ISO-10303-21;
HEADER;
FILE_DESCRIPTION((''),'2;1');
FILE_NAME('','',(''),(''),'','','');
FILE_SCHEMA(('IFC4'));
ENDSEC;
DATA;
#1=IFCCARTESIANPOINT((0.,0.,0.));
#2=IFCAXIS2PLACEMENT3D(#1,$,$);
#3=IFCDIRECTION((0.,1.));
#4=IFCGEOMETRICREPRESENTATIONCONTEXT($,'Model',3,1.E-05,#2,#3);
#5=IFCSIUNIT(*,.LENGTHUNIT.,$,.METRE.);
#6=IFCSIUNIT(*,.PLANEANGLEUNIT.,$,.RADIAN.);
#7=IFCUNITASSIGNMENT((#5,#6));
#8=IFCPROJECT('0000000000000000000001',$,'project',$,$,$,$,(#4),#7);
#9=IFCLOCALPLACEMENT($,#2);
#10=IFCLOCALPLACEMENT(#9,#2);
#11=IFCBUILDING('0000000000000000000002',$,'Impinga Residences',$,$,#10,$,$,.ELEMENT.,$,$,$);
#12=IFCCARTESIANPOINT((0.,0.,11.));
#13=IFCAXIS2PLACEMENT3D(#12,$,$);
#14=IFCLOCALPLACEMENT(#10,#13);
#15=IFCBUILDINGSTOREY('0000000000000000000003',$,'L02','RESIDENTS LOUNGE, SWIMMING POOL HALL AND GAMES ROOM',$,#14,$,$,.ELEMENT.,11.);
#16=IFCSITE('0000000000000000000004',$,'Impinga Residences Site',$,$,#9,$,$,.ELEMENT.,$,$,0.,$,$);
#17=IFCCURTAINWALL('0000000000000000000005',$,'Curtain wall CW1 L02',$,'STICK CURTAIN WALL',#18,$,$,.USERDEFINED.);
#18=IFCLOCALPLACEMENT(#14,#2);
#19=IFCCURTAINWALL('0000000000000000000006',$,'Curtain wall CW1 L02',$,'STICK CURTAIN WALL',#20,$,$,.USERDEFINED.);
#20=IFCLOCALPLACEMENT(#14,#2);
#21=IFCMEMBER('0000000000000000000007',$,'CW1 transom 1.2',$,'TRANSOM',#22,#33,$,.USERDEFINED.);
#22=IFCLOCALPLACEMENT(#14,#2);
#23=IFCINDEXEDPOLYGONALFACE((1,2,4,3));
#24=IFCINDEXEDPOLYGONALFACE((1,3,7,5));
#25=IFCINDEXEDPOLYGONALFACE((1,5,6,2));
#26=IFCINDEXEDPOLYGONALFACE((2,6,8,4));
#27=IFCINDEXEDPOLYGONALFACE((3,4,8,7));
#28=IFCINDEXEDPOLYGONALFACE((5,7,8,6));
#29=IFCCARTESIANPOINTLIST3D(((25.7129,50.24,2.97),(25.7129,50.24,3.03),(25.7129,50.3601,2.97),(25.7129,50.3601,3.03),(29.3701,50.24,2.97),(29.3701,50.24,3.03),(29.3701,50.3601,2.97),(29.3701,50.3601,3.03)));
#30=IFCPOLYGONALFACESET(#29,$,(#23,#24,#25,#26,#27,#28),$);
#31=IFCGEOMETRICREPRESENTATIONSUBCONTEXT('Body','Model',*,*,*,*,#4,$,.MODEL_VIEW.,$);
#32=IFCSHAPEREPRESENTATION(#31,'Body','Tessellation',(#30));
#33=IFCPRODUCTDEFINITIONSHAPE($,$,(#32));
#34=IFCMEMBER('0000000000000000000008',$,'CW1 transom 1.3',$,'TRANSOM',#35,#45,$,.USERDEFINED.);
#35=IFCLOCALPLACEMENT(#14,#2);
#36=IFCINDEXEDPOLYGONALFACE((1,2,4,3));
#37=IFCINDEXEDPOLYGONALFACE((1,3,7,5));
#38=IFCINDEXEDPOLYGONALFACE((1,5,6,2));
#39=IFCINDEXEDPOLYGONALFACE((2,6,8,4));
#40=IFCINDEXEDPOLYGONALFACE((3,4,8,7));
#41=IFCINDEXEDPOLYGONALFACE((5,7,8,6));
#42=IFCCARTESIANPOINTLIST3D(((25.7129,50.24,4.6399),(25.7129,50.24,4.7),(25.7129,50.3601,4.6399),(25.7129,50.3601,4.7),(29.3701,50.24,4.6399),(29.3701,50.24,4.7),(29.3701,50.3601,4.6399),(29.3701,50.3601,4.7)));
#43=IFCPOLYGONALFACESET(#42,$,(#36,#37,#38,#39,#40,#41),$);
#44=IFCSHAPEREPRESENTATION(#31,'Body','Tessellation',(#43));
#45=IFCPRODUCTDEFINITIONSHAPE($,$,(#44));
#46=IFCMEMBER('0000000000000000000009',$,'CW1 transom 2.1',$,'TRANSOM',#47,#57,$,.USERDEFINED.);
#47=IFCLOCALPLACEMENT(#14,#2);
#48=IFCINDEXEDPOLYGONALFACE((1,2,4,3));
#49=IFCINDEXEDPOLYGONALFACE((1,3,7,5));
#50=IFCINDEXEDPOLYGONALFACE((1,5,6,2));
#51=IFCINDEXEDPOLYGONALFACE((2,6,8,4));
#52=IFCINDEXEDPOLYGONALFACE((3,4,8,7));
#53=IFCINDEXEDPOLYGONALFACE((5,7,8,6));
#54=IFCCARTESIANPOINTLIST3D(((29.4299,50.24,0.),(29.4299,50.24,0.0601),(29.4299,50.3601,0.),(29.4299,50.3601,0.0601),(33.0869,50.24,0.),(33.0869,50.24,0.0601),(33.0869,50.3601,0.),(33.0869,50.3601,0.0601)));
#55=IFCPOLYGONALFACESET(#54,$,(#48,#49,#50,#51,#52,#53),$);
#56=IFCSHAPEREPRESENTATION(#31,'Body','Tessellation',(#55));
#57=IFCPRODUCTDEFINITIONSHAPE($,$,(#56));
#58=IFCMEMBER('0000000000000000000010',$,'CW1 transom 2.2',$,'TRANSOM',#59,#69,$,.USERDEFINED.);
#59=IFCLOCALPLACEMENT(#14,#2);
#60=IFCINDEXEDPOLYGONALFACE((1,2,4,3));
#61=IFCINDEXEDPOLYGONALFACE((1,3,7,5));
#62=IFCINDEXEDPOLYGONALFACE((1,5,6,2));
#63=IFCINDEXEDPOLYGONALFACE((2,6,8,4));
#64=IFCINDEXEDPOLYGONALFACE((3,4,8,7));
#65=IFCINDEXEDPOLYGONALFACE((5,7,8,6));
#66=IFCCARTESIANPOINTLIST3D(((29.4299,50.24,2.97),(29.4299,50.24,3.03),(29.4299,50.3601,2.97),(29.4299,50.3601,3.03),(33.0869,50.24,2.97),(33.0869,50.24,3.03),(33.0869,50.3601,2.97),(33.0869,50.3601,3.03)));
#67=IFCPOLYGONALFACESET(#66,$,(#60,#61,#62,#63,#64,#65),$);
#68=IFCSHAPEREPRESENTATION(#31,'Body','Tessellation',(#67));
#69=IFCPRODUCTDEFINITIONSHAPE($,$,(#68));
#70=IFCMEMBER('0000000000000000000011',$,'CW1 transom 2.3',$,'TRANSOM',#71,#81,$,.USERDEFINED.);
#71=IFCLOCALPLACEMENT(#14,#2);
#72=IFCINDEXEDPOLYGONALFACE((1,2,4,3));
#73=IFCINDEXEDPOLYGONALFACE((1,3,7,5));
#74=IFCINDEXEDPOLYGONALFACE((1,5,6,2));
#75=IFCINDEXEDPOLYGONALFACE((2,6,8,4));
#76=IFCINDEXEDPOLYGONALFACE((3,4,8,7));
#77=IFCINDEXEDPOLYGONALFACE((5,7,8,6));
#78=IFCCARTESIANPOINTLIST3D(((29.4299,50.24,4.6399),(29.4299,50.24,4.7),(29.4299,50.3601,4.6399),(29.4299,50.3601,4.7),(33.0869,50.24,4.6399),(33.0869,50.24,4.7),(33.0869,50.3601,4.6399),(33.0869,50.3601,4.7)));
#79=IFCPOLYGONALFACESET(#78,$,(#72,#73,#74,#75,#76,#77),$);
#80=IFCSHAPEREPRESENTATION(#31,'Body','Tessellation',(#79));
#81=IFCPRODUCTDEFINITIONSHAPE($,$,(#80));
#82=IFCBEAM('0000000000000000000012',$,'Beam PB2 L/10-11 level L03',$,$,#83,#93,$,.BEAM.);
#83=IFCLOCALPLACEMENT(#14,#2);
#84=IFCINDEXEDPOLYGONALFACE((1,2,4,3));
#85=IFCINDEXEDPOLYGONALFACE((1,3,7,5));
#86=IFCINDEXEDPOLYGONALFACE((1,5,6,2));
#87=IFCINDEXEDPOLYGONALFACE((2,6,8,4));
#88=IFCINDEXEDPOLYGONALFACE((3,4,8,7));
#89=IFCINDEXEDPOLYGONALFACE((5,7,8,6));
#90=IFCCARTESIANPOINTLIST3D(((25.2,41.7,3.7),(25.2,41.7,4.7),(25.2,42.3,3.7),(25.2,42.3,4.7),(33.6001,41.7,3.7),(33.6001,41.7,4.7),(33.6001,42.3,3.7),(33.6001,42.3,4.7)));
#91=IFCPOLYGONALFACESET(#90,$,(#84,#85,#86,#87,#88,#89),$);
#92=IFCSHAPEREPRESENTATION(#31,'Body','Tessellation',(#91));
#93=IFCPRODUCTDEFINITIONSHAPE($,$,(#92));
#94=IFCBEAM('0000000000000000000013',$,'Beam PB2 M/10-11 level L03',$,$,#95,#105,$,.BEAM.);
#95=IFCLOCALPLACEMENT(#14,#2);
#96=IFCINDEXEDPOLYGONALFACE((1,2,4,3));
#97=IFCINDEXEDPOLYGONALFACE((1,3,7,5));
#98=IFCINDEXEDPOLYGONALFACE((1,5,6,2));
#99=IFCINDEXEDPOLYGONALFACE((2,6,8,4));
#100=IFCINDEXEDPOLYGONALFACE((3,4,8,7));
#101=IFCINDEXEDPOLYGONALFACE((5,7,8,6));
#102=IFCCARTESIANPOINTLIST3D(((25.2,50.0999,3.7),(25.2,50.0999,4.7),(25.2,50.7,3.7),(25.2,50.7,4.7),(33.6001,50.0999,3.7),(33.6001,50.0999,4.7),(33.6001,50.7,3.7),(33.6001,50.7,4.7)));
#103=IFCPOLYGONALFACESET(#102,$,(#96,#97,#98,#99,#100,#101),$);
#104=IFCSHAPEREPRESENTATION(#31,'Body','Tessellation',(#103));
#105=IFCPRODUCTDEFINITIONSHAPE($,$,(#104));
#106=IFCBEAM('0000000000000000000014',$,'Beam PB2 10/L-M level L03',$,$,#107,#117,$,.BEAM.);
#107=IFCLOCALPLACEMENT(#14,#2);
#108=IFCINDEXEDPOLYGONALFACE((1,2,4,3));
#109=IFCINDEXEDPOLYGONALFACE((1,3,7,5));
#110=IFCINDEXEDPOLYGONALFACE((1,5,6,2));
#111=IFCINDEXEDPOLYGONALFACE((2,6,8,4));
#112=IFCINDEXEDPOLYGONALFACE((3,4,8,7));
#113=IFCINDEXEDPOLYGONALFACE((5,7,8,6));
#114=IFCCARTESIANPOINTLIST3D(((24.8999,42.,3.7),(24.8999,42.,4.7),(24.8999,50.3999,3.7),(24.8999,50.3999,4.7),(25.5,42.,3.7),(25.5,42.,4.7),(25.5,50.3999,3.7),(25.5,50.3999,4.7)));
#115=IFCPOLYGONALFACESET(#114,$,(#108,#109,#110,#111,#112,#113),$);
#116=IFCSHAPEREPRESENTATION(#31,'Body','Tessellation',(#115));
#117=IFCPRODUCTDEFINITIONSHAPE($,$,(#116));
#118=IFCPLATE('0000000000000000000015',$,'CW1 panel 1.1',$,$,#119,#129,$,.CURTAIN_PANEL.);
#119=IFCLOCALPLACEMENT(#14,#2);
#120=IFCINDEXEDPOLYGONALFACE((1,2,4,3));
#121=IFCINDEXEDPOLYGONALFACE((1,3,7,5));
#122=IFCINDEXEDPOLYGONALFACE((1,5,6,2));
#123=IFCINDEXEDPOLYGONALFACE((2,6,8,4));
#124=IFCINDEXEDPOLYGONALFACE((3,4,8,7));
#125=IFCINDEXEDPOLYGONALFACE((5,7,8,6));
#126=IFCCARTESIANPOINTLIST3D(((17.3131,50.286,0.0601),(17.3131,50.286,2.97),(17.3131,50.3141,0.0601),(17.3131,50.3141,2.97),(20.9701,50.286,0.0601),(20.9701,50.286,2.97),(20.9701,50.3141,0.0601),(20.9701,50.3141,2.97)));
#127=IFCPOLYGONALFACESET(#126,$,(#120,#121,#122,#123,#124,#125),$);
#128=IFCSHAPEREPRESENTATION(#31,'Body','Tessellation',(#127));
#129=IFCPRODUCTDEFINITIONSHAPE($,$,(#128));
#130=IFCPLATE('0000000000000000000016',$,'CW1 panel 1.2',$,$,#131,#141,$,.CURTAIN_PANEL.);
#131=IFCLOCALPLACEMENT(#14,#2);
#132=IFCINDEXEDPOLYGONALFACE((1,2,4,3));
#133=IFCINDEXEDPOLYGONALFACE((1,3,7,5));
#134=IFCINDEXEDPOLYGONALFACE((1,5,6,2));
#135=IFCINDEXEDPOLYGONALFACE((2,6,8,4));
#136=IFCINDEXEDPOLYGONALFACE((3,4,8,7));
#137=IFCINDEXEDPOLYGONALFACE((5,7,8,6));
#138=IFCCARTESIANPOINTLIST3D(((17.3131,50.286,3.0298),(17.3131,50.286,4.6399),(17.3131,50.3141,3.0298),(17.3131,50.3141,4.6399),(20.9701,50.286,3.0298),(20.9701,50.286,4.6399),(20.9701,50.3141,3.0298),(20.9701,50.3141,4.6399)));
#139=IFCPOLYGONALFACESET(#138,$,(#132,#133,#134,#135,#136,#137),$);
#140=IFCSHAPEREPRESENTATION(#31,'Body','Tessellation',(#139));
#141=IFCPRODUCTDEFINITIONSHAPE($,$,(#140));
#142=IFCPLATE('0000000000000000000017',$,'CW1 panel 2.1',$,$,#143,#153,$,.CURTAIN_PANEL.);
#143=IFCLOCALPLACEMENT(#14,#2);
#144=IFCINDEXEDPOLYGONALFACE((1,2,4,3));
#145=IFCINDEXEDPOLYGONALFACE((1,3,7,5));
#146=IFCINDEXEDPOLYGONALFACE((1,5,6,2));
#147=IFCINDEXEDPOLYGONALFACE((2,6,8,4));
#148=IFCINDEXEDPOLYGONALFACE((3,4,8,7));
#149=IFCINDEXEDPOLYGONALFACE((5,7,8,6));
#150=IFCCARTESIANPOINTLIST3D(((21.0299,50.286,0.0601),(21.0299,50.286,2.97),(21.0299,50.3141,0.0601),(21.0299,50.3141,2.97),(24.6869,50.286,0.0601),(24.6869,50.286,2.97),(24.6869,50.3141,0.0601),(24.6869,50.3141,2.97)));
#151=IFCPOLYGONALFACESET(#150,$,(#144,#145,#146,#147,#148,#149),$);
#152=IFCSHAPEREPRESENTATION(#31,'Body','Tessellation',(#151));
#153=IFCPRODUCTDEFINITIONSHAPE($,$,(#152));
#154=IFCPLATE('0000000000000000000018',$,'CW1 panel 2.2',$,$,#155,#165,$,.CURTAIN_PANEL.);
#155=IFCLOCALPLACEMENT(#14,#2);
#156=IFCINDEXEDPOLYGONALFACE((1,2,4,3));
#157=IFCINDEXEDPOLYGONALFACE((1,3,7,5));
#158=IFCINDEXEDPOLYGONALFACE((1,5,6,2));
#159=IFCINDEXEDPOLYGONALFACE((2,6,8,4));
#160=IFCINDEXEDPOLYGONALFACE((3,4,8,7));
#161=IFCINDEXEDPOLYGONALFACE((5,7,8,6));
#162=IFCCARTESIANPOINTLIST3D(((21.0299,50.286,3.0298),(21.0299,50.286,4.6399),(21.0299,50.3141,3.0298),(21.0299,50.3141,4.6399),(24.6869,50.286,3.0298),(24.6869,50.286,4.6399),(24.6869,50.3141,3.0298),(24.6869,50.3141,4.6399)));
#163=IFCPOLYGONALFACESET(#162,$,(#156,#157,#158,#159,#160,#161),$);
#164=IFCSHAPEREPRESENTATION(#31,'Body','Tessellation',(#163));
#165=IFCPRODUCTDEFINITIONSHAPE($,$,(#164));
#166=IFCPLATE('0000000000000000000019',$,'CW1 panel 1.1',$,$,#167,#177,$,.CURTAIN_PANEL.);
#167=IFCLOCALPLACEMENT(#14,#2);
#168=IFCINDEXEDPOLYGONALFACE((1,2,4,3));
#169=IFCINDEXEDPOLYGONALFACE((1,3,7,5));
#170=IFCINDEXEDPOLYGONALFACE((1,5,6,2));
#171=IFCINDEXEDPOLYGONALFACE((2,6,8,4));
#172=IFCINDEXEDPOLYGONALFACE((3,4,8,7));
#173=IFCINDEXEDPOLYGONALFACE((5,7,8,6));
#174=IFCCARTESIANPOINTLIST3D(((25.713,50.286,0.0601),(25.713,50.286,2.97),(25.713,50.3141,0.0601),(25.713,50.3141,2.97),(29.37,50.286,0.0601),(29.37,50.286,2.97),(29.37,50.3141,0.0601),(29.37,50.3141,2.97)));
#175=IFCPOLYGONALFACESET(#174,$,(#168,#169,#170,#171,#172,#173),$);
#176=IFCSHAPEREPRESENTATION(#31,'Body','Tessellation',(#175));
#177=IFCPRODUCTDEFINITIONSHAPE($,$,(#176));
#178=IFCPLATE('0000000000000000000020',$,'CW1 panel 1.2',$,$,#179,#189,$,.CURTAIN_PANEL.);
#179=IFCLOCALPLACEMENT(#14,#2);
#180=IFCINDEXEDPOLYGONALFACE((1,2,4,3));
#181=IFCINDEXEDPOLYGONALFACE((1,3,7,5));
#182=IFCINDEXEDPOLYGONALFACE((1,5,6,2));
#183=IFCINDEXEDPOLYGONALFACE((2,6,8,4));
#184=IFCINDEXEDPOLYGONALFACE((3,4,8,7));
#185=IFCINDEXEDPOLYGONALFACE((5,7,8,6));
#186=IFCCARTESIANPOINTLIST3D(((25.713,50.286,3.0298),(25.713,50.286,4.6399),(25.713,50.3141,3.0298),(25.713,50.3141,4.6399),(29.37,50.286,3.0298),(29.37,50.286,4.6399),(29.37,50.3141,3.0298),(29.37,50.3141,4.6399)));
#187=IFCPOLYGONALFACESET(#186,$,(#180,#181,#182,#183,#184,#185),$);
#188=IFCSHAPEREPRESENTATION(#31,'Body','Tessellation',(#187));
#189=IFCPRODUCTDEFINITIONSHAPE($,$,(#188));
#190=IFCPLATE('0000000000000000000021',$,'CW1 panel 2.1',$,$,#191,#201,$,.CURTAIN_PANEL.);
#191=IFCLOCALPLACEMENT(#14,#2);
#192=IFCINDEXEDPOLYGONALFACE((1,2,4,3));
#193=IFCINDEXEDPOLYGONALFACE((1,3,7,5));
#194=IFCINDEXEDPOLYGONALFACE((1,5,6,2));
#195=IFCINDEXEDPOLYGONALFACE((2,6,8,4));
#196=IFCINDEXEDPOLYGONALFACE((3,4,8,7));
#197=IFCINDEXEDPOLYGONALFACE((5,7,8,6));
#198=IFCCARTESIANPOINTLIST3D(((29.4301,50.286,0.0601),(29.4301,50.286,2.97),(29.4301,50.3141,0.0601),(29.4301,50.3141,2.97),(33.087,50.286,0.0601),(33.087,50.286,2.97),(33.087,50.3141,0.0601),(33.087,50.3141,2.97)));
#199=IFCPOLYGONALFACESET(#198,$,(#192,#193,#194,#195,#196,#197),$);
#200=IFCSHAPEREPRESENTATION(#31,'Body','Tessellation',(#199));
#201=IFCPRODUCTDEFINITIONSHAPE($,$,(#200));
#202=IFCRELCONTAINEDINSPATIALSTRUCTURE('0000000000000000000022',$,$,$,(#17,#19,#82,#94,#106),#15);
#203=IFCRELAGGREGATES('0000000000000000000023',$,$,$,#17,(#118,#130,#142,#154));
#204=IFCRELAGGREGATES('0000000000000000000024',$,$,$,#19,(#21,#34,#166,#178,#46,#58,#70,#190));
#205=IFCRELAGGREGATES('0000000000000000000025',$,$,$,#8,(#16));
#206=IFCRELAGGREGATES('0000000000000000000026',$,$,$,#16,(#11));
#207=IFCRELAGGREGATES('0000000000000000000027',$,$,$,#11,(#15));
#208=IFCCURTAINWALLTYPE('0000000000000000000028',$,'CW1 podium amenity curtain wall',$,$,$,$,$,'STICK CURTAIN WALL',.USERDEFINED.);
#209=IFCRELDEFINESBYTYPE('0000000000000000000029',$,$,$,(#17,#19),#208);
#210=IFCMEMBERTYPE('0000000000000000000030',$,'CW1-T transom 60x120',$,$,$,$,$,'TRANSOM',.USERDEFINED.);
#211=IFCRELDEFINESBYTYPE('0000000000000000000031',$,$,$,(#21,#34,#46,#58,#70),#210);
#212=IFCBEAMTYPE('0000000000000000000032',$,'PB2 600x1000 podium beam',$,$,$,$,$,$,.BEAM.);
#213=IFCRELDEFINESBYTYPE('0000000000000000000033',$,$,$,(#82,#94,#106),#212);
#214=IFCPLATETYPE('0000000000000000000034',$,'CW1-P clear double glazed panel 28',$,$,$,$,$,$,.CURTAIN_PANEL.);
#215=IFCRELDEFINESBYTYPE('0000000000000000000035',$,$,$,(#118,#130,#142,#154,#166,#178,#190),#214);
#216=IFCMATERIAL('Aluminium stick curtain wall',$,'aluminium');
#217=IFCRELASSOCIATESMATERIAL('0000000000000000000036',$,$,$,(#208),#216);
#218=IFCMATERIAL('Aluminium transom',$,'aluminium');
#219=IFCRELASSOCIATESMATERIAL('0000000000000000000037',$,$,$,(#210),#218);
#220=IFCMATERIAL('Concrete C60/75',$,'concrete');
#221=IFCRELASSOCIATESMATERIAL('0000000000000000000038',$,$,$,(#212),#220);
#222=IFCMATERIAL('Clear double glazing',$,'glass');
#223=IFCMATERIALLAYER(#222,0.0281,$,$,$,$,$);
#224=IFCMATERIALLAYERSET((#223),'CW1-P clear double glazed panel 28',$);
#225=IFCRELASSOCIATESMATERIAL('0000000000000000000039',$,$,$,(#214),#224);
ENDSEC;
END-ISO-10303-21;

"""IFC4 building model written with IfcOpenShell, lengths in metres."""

from ifc_helpers import new_model, si_unit, direction, frame, origin, origin_2d, place, context, subcontext, project, spatial, rectangle, extrude, material, layer, layer_set, material_profile, profile_set, type_object, element, aggregate, save


model = new_model("IFC4")

# Units and contexts
model_context = context("Model", 3, precision=1e-05, world=origin(), true_north=direction((0.0, 1.0)))
body_context = subcontext(model_context, "Body", "Model", "MODEL_VIEW")
ifc_project = project(units=[si_unit("LENGTHUNIT", "METRE"), si_unit("PLANEANGLEUNIT", "RADIAN")], contexts=[model_context])

# Site, building, storey
site_placement = place(None, origin())
site = spatial("IfcSite", under=ifc_project, at=site_placement, Name="Impinga Residences Site", CompositionType="ELEMENT", RefElevation=0.0)
building_placement = place(site_placement, origin())
building = spatial("IfcBuilding", under=site, at=building_placement, Name="Impinga Residences", CompositionType="ELEMENT")
storey_placement = place(building_placement, frame((0.0, 0.0, 11.0)))
storey = spatial("IfcBuildingStorey", under=building, at=storey_placement, Name="L02", Description="RESIDENTS LOUNGE, SWIMMING POOL HALL AND GAMES ROOM", CompositionType="ELEMENT", Elevation=11.0)

# Curtain walls
ifc_material_1 = material(Name="Aluminium stick curtain wall", Category="aluminium")
curtain_wall_type = type_object("IfcCurtainWallType", Name="CW1 podium amenity curtain wall", ElementType="STICK CURTAIN WALL", PredefinedType="USERDEFINED", material=ifc_material_1)
curtain_wall_1_placement = place(storey_placement, origin())
curtain_wall_1 = element("IfcCurtainWall", 1, at=curtain_wall_1_placement, inside=storey, type_object=curtain_wall_type, Name="Curtain wall CW1 L02", ObjectType="STICK CURTAIN WALL", PredefinedType="USERDEFINED")
curtain_wall_2_placement = place(storey_placement, origin())
curtain_wall_2 = element("IfcCurtainWall", 2, at=curtain_wall_2_placement, inside=storey, type_object=curtain_wall_type, Name="Curtain wall CW1 L02", ObjectType="STICK CURTAIN WALL", PredefinedType="USERDEFINED")

# Members
ifc_material_2 = material(Name="Aluminium transom", Category="aluminium")
ifc_material_profile_1 = material_profile(ifc_material_2, rectangle(XDim=0.0601, YDim=0.1201, at=origin_2d()), Name="60x120 transom")
ifc_profile_set_1 = profile_set([ifc_material_profile_1], Name="Aluminium transom")
member_type_1 = type_object("IfcMemberType", Name="CW1-T transom 60x120", ElementType="TRANSOM", PredefinedType="USERDEFINED", material=ifc_profile_set_1)
member_1_placement = place(storey_placement, frame((25.7129, 50.3, 3.0), z_axis=(1.0, 0.0, 0.0), x_axis=(0.0, 0.0, 1.0)))
member_1 = element("IfcMember", 3, at=member_1_placement, type_object=member_type_1, Name="CW1 transom 1.2", ObjectType="TRANSOM", PredefinedType="USERDEFINED", context=body_context, shape_type="SweptSolid", body=[
    extrude(rectangle(XDim=0.0601, YDim=0.1201, at=origin_2d()), origin(), (0.0, 0.0, 1.0), 3.6572),
])
member_2_placement = place(storey_placement, frame((25.7129, 50.3, 4.6699), z_axis=(1.0, 0.0, 0.0), x_axis=(0.0, 0.0, 1.0)))
member_2 = element("IfcMember", 4, at=member_2_placement, type_object=member_type_1, Name="CW1 transom 1.3", ObjectType="TRANSOM", PredefinedType="USERDEFINED", context=body_context, shape_type="SweptSolid", body=[
    extrude(rectangle(XDim=0.0601, YDim=0.1201, at=origin_2d()), origin(), (0.0, 0.0, 1.0), 3.6572),
])
member_3_placement = place(storey_placement, frame((29.4299, 50.3, 0.03), z_axis=(1.0, 0.0, 0.0), x_axis=(0.0, 0.0, 1.0)))
member_3 = element("IfcMember", 5, at=member_3_placement, type_object=member_type_1, Name="CW1 transom 2.1", ObjectType="TRANSOM", PredefinedType="USERDEFINED", context=body_context, shape_type="SweptSolid", body=[
    extrude(rectangle(XDim=0.0601, YDim=0.1201, at=origin_2d()), origin(), (0.0, 0.0, 1.0), 3.657),
])
member_4_placement = place(storey_placement, frame((29.4299, 50.3, 3.0), z_axis=(1.0, 0.0, 0.0), x_axis=(0.0, 0.0, 1.0)))
member_4 = element("IfcMember", 6, at=member_4_placement, type_object=member_type_1, Name="CW1 transom 2.2", ObjectType="TRANSOM", PredefinedType="USERDEFINED", context=body_context, shape_type="SweptSolid", body=[
    extrude(rectangle(XDim=0.0601, YDim=0.1201, at=origin_2d()), origin(), (0.0, 0.0, 1.0), 3.657),
])
member_5_placement = place(storey_placement, frame((29.4299, 50.3, 4.6699), z_axis=(1.0, 0.0, 0.0), x_axis=(0.0, 0.0, 1.0)))
member_5 = element("IfcMember", 7, at=member_5_placement, type_object=member_type_1, Name="CW1 transom 2.3", ObjectType="TRANSOM", PredefinedType="USERDEFINED", context=body_context, shape_type="SweptSolid", body=[
    extrude(rectangle(XDim=0.0601, YDim=0.1201, at=origin_2d()), origin(), (0.0, 0.0, 1.0), 3.657),
])

# Beams
ifc_material_3 = material(Name="Concrete C60/75", Category="concrete")
ifc_material_profile_2 = material_profile(ifc_material_3, rectangle(XDim=0.6001, YDim=1.0, at=origin_2d()), Name="RC 600x1000")
ifc_profile_set_2 = profile_set([ifc_material_profile_2], Name="Concrete C60/75")
beam_type = type_object("IfcBeamType", Name="PB2 600x1000 podium beam", PredefinedType="BEAM", material=ifc_profile_set_2)
for number, where, z_axis, x_axis, name in (
    (8, (25.2, 42.0, 4.2), (1.0, 0.0, 0.0), (0.0, 1.0, 0.0), "Beam PB2 L/10-11 level L03"),
    (9, (25.2, 50.3999, 4.2), (1.0, 0.0, 0.0), (0.0, 1.0, 0.0), "Beam PB2 M/10-11 level L03"),
):
    element("IfcBeam", number, at=place(storey_placement, frame(where, z_axis=z_axis, x_axis=x_axis)), inside=storey, type_object=beam_type, Name=name, PredefinedType="BEAM", context=body_context, shape_type="SweptSolid", body=[
        extrude(rectangle(XDim=0.6001, YDim=1.0, at=origin_2d()), origin(), (0.0, 0.0, 1.0), 8.4001),
    ])
beam_placement = place(storey_placement, frame((25.2, 42.0, 4.2), z_axis=(0.0, 1.0, 0.0), x_axis=(-1.0, 0.0, 0.0)))
element("IfcBeam", 10, at=beam_placement, inside=storey, type_object=beam_type, Name="Beam PB2 10/L-M level L03", PredefinedType="BEAM", context=body_context, shape_type="SweptSolid", body=[
    extrude(rectangle(XDim=0.6001, YDim=1.0, at=origin_2d()), origin(), (0.0, 0.0, 1.0), 8.3999),
])

# Plates
ifc_material_4 = material(Name="Clear double glazing", Category="glass")
ifc_layer = layer(ifc_material_4, 0.0281)
ifc_layer_set = layer_set([ifc_layer], Name="CW1-P clear double glazed panel 28")
plate_type = type_object("IfcPlateType", Name="CW1-P clear double glazed panel 28", PredefinedType="CURTAIN_PANEL", material=ifc_layer_set)
plate_1_placement = place(storey_placement, frame((19.1416, 50.3, 0.0601), z_axis=(0.0, 0.0, 1.0), x_axis=(1.0, 0.0, 0.0)))
plate_1 = element("IfcPlate", 11, at=plate_1_placement, type_object=plate_type, Name="CW1 panel 1.1", PredefinedType="CURTAIN_PANEL", context=body_context, shape_type="SweptSolid", body=[
    extrude(rectangle(XDim=3.657, YDim=0.0281, at=origin_2d()), origin(), (0.0, 0.0, 1.0), 2.9099),
])
plate_2_placement = place(storey_placement, frame((19.1416, 50.3, 3.0298), z_axis=(0.0, 0.0, 1.0), x_axis=(1.0, 0.0, 0.0)))
plate_2 = element("IfcPlate", 12, at=plate_2_placement, type_object=plate_type, Name="CW1 panel 1.2", PredefinedType="CURTAIN_PANEL", context=body_context, shape_type="SweptSolid", body=[
    extrude(rectangle(XDim=3.657, YDim=0.0281, at=origin_2d()), origin(), (0.0, 0.0, 1.0), 1.6101),
])
plate_3_placement = place(storey_placement, frame((22.8584, 50.3, 0.0601), z_axis=(0.0, 0.0, 1.0), x_axis=(1.0, 0.0, 0.0)))
plate_3 = element("IfcPlate", 13, at=plate_3_placement, type_object=plate_type, Name="CW1 panel 2.1", PredefinedType="CURTAIN_PANEL", context=body_context, shape_type="SweptSolid", body=[
    extrude(rectangle(XDim=3.657, YDim=0.0281, at=origin_2d()), origin(), (0.0, 0.0, 1.0), 2.9099),
])
plate_4_placement = place(storey_placement, frame((22.8584, 50.3, 3.0298), z_axis=(0.0, 0.0, 1.0), x_axis=(1.0, 0.0, 0.0)))
plate_4 = element("IfcPlate", 14, at=plate_4_placement, type_object=plate_type, Name="CW1 panel 2.2", PredefinedType="CURTAIN_PANEL", context=body_context, shape_type="SweptSolid", body=[
    extrude(rectangle(XDim=3.657, YDim=0.0281, at=origin_2d()), origin(), (0.0, 0.0, 1.0), 1.6101),
])
aggregate(curtain_wall_1, [plate_1, plate_2, plate_3, plate_4])
plate_5_placement = place(storey_placement, frame((27.5415, 50.3, 0.0601), z_axis=(0.0, 0.0, 1.0), x_axis=(1.0, 0.0, 0.0)))
plate_5 = element("IfcPlate", 15, at=plate_5_placement, type_object=plate_type, Name="CW1 panel 1.1", PredefinedType="CURTAIN_PANEL", context=body_context, shape_type="SweptSolid", body=[
    extrude(rectangle(XDim=3.657, YDim=0.0281, at=origin_2d()), origin(), (0.0, 0.0, 1.0), 2.9099),
])
plate_6_placement = place(storey_placement, frame((27.5415, 50.3, 3.0298), z_axis=(0.0, 0.0, 1.0), x_axis=(1.0, 0.0, 0.0)))
plate_6 = element("IfcPlate", 16, at=plate_6_placement, type_object=plate_type, Name="CW1 panel 1.2", PredefinedType="CURTAIN_PANEL", context=body_context, shape_type="SweptSolid", body=[
    extrude(rectangle(XDim=3.657, YDim=0.0281, at=origin_2d()), origin(), (0.0, 0.0, 1.0), 1.6101),
])
plate_7_placement = place(storey_placement, frame((31.2585, 50.3, 0.0601), z_axis=(0.0, 0.0, 1.0), x_axis=(1.0, 0.0, 0.0)))
plate_7 = element("IfcPlate", 17, at=plate_7_placement, type_object=plate_type, Name="CW1 panel 2.1", PredefinedType="CURTAIN_PANEL", context=body_context, shape_type="SweptSolid", body=[
    extrude(rectangle(XDim=3.657, YDim=0.0281, at=origin_2d()), origin(), (0.0, 0.0, 1.0), 2.9099),
])
aggregate(curtain_wall_2, [member_1, member_2, plate_5, plate_6, member_3, member_4, member_5, plate_7])

save(model, "model.ifc")
